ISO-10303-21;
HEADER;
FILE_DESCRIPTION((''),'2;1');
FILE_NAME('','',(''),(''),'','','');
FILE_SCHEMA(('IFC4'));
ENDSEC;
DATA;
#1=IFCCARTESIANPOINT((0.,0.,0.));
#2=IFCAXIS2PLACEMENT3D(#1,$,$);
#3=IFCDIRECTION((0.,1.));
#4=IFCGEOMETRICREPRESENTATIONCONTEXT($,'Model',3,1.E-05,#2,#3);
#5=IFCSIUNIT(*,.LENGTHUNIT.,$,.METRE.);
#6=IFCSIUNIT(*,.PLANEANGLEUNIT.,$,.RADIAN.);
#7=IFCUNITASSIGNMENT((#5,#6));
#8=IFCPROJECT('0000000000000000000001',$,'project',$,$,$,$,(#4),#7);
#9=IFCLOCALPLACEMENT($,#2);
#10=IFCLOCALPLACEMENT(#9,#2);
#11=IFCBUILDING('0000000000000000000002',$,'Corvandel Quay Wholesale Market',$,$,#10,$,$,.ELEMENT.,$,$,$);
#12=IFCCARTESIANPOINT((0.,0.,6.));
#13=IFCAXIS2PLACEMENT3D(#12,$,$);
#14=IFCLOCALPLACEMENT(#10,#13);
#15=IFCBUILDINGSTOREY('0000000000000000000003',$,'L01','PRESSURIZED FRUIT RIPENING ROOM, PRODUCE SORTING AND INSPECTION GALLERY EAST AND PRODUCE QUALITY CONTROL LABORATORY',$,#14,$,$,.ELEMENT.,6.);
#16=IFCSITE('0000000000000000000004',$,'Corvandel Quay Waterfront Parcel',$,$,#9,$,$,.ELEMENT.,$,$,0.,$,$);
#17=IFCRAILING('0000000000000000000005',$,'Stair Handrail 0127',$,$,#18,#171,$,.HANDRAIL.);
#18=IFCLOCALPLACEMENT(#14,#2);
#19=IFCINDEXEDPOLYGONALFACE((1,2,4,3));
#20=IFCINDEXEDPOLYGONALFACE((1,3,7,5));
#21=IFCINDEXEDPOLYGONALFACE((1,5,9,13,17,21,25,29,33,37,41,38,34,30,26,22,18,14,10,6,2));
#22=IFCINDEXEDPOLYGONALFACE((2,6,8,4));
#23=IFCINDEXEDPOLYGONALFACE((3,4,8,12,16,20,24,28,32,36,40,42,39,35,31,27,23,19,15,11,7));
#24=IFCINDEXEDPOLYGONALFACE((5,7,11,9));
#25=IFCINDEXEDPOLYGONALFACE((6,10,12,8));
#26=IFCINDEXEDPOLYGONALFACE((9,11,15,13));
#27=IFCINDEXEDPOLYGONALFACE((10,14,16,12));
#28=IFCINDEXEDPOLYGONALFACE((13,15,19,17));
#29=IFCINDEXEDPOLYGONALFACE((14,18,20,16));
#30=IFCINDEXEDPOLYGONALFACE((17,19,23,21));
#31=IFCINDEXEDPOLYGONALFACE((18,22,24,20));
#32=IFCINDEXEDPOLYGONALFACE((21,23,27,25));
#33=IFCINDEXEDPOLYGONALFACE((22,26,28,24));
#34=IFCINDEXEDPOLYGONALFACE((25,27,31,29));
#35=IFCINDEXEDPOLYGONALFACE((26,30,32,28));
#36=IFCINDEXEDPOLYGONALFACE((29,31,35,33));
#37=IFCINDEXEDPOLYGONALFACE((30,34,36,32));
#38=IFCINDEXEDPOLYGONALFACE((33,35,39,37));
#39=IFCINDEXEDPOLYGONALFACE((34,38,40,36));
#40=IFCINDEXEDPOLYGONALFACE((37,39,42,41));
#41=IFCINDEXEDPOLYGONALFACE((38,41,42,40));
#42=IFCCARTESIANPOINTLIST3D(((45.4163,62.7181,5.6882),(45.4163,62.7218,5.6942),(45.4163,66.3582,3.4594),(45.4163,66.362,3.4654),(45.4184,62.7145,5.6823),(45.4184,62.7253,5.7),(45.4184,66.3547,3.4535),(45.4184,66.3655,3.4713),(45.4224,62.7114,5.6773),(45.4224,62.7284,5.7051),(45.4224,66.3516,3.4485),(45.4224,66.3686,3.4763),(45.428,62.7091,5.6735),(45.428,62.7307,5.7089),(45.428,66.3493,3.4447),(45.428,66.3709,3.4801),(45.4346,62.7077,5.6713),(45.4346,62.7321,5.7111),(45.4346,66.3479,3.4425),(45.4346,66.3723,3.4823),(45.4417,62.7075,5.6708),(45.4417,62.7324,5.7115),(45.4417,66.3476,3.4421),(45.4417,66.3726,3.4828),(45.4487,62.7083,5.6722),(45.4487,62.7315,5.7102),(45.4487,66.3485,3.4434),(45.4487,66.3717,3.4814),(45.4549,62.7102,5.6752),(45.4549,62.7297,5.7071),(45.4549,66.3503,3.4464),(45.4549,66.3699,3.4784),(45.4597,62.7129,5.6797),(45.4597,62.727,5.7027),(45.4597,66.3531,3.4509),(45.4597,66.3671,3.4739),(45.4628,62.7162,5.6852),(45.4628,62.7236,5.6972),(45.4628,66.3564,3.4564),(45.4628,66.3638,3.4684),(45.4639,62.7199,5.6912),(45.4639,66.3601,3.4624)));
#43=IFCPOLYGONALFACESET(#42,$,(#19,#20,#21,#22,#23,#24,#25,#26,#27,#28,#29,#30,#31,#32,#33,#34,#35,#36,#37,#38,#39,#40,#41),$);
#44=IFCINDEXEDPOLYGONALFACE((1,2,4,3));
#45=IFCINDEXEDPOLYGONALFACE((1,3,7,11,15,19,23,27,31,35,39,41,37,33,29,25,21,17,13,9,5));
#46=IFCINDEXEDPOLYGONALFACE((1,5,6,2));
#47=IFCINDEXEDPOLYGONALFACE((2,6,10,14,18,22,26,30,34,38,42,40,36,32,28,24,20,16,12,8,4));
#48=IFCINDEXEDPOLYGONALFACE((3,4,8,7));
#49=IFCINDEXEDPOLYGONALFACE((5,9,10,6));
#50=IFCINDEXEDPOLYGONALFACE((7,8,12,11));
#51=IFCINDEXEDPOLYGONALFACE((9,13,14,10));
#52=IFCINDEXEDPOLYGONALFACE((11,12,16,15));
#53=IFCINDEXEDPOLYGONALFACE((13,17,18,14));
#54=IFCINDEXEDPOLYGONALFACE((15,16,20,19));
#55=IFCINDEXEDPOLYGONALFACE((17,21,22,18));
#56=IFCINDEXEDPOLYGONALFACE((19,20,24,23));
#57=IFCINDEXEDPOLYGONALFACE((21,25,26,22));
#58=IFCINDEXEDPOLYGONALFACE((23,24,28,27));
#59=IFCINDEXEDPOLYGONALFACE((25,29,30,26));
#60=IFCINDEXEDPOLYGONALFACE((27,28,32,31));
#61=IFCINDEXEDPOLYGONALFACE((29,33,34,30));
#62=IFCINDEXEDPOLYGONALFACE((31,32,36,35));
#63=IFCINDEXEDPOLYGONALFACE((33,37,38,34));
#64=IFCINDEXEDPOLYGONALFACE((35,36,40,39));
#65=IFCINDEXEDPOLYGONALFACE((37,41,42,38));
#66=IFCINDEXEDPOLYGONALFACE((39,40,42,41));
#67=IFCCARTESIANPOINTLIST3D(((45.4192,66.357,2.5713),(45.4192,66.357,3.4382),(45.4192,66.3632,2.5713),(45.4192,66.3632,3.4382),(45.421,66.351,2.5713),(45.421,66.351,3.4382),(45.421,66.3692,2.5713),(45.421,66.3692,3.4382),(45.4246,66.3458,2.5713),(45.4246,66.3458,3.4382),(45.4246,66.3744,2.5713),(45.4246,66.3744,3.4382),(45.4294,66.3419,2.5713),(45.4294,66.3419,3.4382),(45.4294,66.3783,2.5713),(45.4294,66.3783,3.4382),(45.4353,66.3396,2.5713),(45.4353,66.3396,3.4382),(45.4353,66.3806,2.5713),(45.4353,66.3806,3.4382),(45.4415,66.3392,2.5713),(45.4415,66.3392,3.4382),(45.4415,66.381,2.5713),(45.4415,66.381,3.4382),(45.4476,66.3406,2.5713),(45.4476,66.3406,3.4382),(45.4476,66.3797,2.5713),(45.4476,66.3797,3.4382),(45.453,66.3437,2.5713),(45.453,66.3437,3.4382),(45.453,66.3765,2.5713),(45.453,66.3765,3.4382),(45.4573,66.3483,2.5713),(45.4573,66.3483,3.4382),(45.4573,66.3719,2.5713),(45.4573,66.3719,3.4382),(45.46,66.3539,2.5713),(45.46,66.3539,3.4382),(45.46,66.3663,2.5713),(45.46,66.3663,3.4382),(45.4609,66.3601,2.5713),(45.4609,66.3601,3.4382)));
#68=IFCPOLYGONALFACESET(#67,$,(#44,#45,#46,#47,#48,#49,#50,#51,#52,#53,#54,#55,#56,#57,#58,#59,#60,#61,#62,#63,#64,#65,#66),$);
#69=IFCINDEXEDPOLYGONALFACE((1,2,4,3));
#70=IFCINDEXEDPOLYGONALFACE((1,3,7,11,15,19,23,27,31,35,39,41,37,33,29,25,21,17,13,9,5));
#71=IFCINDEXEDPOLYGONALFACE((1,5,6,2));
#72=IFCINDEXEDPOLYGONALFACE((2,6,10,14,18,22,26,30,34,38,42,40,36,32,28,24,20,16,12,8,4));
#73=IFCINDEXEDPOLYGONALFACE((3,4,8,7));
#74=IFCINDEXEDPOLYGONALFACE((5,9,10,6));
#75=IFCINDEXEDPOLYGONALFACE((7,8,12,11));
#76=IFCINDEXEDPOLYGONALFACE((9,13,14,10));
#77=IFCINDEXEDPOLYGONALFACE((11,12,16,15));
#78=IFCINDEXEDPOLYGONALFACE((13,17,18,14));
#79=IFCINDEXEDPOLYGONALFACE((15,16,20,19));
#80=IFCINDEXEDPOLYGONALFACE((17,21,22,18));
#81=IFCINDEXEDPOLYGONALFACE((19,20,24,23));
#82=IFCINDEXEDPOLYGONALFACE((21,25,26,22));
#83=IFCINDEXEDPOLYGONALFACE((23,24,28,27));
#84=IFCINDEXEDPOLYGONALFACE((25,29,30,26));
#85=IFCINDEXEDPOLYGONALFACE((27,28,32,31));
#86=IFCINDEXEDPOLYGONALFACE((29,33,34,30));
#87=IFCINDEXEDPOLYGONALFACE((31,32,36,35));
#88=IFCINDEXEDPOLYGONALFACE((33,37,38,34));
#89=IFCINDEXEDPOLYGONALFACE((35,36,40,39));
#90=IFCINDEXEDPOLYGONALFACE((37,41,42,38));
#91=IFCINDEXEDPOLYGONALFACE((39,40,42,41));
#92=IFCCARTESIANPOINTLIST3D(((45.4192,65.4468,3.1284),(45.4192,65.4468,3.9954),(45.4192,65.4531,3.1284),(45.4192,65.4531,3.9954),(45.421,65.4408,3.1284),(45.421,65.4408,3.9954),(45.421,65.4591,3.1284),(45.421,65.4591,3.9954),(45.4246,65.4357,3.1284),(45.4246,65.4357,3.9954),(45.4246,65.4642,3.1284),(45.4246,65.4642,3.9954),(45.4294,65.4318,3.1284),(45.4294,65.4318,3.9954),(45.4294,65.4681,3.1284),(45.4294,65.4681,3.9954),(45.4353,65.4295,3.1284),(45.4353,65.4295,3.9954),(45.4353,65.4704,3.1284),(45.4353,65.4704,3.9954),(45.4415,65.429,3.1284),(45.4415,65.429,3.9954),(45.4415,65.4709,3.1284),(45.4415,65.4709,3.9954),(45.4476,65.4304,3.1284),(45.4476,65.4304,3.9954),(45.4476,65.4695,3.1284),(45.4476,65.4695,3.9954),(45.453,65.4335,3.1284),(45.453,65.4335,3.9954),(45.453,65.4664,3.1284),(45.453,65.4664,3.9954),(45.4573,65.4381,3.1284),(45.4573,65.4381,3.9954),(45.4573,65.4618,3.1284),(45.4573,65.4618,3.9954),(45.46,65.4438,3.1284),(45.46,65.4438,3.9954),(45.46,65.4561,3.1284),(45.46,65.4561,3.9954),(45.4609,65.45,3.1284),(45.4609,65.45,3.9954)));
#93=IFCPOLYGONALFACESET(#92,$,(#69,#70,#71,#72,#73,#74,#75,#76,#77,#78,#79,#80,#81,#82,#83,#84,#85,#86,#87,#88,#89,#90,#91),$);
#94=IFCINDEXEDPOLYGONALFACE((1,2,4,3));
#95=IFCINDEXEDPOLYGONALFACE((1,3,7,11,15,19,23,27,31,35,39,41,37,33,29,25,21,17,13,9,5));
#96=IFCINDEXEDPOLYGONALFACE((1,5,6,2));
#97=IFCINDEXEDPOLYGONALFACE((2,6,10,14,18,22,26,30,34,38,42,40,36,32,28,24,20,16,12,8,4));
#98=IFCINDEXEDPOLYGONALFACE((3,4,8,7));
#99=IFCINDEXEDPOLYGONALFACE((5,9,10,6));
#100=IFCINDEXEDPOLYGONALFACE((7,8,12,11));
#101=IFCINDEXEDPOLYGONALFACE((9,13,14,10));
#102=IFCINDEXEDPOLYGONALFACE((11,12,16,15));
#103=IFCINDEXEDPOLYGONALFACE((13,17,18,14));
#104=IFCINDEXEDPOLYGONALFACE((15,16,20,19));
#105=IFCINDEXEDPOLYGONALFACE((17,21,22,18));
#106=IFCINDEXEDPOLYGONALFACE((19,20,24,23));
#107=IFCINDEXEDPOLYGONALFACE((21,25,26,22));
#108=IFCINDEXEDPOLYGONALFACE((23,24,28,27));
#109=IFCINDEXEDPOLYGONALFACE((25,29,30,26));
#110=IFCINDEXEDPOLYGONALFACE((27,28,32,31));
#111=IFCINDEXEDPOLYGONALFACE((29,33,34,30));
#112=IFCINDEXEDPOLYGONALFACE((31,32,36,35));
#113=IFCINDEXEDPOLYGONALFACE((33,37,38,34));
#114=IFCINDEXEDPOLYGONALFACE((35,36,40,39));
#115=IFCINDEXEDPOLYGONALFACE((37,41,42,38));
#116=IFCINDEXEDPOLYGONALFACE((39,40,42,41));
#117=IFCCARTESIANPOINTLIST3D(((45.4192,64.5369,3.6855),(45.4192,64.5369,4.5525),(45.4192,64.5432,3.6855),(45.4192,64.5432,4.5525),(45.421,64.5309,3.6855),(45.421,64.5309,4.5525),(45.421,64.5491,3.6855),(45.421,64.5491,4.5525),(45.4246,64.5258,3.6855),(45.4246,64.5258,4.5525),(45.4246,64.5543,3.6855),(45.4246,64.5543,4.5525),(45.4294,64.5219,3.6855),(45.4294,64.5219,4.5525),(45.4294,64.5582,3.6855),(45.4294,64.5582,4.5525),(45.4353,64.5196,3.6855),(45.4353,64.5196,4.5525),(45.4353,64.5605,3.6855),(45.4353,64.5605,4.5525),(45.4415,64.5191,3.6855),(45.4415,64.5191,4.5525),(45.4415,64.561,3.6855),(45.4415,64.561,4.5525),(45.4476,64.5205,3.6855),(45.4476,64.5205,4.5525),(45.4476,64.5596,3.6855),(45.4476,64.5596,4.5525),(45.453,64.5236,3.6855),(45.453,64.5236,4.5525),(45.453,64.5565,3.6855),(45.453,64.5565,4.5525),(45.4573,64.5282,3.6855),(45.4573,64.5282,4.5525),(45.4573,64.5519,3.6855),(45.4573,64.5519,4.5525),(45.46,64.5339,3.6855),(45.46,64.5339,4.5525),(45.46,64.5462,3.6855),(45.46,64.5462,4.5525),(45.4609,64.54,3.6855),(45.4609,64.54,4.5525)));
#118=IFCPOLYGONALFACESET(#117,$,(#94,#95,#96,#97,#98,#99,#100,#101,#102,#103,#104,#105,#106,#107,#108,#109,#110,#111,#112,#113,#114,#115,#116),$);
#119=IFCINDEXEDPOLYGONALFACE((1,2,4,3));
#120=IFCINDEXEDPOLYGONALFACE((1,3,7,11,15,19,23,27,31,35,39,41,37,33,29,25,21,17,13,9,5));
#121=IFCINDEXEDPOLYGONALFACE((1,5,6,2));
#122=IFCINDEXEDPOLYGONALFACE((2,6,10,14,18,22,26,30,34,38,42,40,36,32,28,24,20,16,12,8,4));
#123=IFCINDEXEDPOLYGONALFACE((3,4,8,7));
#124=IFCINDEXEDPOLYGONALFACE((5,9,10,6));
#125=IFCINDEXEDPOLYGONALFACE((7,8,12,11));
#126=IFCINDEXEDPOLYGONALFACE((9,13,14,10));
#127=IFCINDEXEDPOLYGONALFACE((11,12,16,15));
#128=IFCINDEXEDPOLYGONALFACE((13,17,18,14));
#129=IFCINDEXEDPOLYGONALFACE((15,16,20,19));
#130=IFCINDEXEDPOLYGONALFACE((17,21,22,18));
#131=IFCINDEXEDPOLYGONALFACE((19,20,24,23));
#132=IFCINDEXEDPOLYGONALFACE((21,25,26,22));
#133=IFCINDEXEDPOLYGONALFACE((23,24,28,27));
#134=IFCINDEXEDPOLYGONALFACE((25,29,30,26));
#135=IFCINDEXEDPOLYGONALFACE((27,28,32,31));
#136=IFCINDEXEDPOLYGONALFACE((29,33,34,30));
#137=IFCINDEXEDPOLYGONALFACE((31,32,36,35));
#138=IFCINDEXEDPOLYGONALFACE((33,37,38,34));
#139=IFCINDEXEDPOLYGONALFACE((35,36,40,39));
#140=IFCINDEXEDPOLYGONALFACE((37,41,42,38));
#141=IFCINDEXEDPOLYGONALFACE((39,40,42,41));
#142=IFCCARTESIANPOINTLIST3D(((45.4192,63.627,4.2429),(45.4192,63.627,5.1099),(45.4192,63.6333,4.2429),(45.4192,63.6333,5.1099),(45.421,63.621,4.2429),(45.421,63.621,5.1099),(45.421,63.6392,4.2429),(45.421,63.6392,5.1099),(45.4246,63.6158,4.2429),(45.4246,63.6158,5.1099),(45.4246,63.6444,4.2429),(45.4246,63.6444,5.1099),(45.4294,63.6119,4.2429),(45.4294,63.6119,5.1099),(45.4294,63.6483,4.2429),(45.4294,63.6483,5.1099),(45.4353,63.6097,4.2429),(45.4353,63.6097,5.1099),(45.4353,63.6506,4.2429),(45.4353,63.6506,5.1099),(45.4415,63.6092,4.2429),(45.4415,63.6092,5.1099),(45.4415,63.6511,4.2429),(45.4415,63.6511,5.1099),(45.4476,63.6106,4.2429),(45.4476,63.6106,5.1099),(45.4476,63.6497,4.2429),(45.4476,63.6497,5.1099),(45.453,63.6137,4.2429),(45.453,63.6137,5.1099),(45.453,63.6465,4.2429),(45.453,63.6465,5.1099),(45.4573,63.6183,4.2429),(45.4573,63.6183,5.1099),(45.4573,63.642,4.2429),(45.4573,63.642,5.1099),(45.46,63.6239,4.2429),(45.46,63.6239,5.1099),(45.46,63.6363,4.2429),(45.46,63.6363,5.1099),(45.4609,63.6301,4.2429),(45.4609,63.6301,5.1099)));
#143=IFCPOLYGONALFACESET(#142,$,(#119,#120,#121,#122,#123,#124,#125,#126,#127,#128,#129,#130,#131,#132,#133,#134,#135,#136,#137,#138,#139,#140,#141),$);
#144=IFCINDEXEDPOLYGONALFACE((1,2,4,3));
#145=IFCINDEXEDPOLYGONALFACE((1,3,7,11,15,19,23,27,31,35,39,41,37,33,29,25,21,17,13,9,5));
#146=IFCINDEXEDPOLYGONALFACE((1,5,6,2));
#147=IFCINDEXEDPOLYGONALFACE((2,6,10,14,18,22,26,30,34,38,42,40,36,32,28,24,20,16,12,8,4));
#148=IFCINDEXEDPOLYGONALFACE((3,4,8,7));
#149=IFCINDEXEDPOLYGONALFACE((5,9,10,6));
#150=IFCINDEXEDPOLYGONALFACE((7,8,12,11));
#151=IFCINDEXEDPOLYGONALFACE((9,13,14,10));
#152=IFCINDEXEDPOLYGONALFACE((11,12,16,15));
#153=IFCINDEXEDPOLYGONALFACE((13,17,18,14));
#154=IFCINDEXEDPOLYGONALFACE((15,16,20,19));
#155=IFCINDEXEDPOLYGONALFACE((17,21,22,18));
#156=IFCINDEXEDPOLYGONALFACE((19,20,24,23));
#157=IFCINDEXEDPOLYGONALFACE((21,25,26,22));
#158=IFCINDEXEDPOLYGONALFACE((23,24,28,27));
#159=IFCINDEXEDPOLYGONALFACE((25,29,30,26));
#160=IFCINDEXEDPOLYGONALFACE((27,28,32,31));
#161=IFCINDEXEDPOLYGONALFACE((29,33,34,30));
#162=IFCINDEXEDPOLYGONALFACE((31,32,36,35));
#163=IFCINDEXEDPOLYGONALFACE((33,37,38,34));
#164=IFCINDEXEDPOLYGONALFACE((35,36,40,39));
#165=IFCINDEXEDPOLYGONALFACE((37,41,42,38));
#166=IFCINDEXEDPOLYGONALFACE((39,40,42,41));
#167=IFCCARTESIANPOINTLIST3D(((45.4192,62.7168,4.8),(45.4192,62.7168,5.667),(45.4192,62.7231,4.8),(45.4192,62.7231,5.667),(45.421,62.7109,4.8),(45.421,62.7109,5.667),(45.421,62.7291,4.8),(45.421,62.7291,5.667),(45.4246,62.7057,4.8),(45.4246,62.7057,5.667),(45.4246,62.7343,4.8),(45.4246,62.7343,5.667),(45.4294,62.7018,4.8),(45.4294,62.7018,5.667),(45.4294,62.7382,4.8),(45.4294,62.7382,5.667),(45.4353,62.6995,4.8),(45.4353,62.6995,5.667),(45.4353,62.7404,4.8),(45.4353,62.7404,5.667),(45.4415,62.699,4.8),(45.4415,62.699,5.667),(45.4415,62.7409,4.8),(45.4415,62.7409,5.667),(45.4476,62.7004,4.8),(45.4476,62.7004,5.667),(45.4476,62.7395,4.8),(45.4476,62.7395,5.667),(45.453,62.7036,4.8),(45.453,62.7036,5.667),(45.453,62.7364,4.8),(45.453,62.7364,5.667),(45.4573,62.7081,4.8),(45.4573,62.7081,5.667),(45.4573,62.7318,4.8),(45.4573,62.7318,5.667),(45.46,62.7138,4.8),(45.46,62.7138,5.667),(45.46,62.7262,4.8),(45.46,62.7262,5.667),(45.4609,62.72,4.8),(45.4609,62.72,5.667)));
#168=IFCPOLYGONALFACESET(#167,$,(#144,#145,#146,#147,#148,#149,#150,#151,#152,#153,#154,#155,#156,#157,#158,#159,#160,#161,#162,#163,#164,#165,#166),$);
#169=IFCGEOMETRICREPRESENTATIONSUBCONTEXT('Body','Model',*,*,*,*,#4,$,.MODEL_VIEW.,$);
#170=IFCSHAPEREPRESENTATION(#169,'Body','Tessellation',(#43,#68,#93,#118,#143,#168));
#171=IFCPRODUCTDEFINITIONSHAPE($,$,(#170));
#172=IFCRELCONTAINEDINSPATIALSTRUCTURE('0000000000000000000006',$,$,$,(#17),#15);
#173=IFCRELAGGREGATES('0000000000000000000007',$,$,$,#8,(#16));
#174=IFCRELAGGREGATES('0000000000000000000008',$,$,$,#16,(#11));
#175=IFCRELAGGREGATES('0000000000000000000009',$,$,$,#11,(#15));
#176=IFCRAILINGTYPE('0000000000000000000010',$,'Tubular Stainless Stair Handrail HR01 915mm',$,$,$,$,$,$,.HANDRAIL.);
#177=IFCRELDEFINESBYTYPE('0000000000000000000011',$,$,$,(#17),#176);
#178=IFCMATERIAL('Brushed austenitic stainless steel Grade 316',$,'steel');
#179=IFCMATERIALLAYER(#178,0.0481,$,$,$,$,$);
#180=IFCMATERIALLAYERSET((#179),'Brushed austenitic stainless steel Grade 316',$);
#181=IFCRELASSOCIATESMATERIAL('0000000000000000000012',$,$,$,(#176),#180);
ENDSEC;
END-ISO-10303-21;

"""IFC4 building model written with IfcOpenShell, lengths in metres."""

from ifc_helpers import new_model, si_unit, direction, frame, origin, origin_2d, place, context, subcontext, project, spatial, circle, extrude, material, layer, layer_set, type_object, element, save


model = new_model("IFC4")

# Units and contexts
model_context = context("Model", 3, precision=1e-05, world=origin(), true_north=direction((0.0, 1.0)))
body_context = subcontext(model_context, "Body", "Model", "MODEL_VIEW")
ifc_project = project(units=[si_unit("LENGTHUNIT", "METRE"), si_unit("PLANEANGLEUNIT", "RADIAN")], contexts=[model_context])

# Site, building, storey
site_placement = place(None, origin())
site = spatial("IfcSite", under=ifc_project, at=site_placement, Name="Corvandel Quay Waterfront Parcel", CompositionType="ELEMENT", RefElevation=0.0)
building_placement = place(site_placement, origin())
building = spatial("IfcBuilding", under=site, at=building_placement, Name="Corvandel Quay Wholesale Market", CompositionType="ELEMENT")
storey_placement = place(building_placement, frame((0.0, 0.0, 6.0)))
storey = spatial("IfcBuildingStorey", under=building, at=storey_placement, Name="L01", Description="PRESSURIZED FRUIT RIPENING ROOM, PRODUCE SORTING AND INSPECTION GALLERY EAST AND PRODUCE QUALITY CONTROL LABORATORY", CompositionType="ELEMENT", Elevation=6.0)

# Railing
ifc_material_1 = material(Name="Brushed austenitic stainless steel Grade 316", Category="steel")
ifc_layer_1 = layer(ifc_material_1, 0.0481)
ifc_layer_set_1 = layer_set([ifc_layer_1], Name="Brushed austenitic stainless steel Grade 316")
railing_type_1 = type_object("IfcRailingType", Name="Tubular Stainless Stair Handrail HR01 915mm", PredefinedType="HANDRAIL", material=ifc_layer_set_1)
for number, where, name in (
    (1, (45.4399, 66.3601, 2.5713), "Stair Handrail 0127"),
):
    element("IfcRailing", number, at=place(storey_placement, frame(where)), inside=storey, type_object=railing_type_1, Name=name, PredefinedType="HANDRAIL", context=body_context, shape_type="SweptSolid", body=[
        extrude(circle(Radius=0.0239, at=origin_2d()), frame((0.0, 0.0, 0.8911), z_axis=(0.0, -0.85284, 0.522172), x_axis=(1.0, 0.0, 0.0)), (0.0, 0.0, 1.0), 4.2683),
        extrude(circle(Radius=0.021, at=origin_2d()), origin(), (0.0, 0.0, 1.0), 0.8669),
        extrude(circle(Radius=0.021, at=origin_2d()), frame((0.0, -0.9102, 0.5571)), (0.0, 0.0, 1.0), 0.8669),
        extrude(circle(Radius=0.021, at=origin_2d()), frame((0.0, -1.8201, 1.1143)), (0.0, 0.0, 1.0), 0.8669),
        extrude(circle(Radius=0.021, at=origin_2d()), frame((0.0, -2.73, 1.6716)), (0.0, 0.0, 1.0), 0.8669),
        extrude(circle(Radius=0.021, at=origin_2d()), frame((0.0, -3.6401, 2.2288)), (0.0, 0.0, 1.0), 0.8669),
    ])

save(model, "model.ifc")
